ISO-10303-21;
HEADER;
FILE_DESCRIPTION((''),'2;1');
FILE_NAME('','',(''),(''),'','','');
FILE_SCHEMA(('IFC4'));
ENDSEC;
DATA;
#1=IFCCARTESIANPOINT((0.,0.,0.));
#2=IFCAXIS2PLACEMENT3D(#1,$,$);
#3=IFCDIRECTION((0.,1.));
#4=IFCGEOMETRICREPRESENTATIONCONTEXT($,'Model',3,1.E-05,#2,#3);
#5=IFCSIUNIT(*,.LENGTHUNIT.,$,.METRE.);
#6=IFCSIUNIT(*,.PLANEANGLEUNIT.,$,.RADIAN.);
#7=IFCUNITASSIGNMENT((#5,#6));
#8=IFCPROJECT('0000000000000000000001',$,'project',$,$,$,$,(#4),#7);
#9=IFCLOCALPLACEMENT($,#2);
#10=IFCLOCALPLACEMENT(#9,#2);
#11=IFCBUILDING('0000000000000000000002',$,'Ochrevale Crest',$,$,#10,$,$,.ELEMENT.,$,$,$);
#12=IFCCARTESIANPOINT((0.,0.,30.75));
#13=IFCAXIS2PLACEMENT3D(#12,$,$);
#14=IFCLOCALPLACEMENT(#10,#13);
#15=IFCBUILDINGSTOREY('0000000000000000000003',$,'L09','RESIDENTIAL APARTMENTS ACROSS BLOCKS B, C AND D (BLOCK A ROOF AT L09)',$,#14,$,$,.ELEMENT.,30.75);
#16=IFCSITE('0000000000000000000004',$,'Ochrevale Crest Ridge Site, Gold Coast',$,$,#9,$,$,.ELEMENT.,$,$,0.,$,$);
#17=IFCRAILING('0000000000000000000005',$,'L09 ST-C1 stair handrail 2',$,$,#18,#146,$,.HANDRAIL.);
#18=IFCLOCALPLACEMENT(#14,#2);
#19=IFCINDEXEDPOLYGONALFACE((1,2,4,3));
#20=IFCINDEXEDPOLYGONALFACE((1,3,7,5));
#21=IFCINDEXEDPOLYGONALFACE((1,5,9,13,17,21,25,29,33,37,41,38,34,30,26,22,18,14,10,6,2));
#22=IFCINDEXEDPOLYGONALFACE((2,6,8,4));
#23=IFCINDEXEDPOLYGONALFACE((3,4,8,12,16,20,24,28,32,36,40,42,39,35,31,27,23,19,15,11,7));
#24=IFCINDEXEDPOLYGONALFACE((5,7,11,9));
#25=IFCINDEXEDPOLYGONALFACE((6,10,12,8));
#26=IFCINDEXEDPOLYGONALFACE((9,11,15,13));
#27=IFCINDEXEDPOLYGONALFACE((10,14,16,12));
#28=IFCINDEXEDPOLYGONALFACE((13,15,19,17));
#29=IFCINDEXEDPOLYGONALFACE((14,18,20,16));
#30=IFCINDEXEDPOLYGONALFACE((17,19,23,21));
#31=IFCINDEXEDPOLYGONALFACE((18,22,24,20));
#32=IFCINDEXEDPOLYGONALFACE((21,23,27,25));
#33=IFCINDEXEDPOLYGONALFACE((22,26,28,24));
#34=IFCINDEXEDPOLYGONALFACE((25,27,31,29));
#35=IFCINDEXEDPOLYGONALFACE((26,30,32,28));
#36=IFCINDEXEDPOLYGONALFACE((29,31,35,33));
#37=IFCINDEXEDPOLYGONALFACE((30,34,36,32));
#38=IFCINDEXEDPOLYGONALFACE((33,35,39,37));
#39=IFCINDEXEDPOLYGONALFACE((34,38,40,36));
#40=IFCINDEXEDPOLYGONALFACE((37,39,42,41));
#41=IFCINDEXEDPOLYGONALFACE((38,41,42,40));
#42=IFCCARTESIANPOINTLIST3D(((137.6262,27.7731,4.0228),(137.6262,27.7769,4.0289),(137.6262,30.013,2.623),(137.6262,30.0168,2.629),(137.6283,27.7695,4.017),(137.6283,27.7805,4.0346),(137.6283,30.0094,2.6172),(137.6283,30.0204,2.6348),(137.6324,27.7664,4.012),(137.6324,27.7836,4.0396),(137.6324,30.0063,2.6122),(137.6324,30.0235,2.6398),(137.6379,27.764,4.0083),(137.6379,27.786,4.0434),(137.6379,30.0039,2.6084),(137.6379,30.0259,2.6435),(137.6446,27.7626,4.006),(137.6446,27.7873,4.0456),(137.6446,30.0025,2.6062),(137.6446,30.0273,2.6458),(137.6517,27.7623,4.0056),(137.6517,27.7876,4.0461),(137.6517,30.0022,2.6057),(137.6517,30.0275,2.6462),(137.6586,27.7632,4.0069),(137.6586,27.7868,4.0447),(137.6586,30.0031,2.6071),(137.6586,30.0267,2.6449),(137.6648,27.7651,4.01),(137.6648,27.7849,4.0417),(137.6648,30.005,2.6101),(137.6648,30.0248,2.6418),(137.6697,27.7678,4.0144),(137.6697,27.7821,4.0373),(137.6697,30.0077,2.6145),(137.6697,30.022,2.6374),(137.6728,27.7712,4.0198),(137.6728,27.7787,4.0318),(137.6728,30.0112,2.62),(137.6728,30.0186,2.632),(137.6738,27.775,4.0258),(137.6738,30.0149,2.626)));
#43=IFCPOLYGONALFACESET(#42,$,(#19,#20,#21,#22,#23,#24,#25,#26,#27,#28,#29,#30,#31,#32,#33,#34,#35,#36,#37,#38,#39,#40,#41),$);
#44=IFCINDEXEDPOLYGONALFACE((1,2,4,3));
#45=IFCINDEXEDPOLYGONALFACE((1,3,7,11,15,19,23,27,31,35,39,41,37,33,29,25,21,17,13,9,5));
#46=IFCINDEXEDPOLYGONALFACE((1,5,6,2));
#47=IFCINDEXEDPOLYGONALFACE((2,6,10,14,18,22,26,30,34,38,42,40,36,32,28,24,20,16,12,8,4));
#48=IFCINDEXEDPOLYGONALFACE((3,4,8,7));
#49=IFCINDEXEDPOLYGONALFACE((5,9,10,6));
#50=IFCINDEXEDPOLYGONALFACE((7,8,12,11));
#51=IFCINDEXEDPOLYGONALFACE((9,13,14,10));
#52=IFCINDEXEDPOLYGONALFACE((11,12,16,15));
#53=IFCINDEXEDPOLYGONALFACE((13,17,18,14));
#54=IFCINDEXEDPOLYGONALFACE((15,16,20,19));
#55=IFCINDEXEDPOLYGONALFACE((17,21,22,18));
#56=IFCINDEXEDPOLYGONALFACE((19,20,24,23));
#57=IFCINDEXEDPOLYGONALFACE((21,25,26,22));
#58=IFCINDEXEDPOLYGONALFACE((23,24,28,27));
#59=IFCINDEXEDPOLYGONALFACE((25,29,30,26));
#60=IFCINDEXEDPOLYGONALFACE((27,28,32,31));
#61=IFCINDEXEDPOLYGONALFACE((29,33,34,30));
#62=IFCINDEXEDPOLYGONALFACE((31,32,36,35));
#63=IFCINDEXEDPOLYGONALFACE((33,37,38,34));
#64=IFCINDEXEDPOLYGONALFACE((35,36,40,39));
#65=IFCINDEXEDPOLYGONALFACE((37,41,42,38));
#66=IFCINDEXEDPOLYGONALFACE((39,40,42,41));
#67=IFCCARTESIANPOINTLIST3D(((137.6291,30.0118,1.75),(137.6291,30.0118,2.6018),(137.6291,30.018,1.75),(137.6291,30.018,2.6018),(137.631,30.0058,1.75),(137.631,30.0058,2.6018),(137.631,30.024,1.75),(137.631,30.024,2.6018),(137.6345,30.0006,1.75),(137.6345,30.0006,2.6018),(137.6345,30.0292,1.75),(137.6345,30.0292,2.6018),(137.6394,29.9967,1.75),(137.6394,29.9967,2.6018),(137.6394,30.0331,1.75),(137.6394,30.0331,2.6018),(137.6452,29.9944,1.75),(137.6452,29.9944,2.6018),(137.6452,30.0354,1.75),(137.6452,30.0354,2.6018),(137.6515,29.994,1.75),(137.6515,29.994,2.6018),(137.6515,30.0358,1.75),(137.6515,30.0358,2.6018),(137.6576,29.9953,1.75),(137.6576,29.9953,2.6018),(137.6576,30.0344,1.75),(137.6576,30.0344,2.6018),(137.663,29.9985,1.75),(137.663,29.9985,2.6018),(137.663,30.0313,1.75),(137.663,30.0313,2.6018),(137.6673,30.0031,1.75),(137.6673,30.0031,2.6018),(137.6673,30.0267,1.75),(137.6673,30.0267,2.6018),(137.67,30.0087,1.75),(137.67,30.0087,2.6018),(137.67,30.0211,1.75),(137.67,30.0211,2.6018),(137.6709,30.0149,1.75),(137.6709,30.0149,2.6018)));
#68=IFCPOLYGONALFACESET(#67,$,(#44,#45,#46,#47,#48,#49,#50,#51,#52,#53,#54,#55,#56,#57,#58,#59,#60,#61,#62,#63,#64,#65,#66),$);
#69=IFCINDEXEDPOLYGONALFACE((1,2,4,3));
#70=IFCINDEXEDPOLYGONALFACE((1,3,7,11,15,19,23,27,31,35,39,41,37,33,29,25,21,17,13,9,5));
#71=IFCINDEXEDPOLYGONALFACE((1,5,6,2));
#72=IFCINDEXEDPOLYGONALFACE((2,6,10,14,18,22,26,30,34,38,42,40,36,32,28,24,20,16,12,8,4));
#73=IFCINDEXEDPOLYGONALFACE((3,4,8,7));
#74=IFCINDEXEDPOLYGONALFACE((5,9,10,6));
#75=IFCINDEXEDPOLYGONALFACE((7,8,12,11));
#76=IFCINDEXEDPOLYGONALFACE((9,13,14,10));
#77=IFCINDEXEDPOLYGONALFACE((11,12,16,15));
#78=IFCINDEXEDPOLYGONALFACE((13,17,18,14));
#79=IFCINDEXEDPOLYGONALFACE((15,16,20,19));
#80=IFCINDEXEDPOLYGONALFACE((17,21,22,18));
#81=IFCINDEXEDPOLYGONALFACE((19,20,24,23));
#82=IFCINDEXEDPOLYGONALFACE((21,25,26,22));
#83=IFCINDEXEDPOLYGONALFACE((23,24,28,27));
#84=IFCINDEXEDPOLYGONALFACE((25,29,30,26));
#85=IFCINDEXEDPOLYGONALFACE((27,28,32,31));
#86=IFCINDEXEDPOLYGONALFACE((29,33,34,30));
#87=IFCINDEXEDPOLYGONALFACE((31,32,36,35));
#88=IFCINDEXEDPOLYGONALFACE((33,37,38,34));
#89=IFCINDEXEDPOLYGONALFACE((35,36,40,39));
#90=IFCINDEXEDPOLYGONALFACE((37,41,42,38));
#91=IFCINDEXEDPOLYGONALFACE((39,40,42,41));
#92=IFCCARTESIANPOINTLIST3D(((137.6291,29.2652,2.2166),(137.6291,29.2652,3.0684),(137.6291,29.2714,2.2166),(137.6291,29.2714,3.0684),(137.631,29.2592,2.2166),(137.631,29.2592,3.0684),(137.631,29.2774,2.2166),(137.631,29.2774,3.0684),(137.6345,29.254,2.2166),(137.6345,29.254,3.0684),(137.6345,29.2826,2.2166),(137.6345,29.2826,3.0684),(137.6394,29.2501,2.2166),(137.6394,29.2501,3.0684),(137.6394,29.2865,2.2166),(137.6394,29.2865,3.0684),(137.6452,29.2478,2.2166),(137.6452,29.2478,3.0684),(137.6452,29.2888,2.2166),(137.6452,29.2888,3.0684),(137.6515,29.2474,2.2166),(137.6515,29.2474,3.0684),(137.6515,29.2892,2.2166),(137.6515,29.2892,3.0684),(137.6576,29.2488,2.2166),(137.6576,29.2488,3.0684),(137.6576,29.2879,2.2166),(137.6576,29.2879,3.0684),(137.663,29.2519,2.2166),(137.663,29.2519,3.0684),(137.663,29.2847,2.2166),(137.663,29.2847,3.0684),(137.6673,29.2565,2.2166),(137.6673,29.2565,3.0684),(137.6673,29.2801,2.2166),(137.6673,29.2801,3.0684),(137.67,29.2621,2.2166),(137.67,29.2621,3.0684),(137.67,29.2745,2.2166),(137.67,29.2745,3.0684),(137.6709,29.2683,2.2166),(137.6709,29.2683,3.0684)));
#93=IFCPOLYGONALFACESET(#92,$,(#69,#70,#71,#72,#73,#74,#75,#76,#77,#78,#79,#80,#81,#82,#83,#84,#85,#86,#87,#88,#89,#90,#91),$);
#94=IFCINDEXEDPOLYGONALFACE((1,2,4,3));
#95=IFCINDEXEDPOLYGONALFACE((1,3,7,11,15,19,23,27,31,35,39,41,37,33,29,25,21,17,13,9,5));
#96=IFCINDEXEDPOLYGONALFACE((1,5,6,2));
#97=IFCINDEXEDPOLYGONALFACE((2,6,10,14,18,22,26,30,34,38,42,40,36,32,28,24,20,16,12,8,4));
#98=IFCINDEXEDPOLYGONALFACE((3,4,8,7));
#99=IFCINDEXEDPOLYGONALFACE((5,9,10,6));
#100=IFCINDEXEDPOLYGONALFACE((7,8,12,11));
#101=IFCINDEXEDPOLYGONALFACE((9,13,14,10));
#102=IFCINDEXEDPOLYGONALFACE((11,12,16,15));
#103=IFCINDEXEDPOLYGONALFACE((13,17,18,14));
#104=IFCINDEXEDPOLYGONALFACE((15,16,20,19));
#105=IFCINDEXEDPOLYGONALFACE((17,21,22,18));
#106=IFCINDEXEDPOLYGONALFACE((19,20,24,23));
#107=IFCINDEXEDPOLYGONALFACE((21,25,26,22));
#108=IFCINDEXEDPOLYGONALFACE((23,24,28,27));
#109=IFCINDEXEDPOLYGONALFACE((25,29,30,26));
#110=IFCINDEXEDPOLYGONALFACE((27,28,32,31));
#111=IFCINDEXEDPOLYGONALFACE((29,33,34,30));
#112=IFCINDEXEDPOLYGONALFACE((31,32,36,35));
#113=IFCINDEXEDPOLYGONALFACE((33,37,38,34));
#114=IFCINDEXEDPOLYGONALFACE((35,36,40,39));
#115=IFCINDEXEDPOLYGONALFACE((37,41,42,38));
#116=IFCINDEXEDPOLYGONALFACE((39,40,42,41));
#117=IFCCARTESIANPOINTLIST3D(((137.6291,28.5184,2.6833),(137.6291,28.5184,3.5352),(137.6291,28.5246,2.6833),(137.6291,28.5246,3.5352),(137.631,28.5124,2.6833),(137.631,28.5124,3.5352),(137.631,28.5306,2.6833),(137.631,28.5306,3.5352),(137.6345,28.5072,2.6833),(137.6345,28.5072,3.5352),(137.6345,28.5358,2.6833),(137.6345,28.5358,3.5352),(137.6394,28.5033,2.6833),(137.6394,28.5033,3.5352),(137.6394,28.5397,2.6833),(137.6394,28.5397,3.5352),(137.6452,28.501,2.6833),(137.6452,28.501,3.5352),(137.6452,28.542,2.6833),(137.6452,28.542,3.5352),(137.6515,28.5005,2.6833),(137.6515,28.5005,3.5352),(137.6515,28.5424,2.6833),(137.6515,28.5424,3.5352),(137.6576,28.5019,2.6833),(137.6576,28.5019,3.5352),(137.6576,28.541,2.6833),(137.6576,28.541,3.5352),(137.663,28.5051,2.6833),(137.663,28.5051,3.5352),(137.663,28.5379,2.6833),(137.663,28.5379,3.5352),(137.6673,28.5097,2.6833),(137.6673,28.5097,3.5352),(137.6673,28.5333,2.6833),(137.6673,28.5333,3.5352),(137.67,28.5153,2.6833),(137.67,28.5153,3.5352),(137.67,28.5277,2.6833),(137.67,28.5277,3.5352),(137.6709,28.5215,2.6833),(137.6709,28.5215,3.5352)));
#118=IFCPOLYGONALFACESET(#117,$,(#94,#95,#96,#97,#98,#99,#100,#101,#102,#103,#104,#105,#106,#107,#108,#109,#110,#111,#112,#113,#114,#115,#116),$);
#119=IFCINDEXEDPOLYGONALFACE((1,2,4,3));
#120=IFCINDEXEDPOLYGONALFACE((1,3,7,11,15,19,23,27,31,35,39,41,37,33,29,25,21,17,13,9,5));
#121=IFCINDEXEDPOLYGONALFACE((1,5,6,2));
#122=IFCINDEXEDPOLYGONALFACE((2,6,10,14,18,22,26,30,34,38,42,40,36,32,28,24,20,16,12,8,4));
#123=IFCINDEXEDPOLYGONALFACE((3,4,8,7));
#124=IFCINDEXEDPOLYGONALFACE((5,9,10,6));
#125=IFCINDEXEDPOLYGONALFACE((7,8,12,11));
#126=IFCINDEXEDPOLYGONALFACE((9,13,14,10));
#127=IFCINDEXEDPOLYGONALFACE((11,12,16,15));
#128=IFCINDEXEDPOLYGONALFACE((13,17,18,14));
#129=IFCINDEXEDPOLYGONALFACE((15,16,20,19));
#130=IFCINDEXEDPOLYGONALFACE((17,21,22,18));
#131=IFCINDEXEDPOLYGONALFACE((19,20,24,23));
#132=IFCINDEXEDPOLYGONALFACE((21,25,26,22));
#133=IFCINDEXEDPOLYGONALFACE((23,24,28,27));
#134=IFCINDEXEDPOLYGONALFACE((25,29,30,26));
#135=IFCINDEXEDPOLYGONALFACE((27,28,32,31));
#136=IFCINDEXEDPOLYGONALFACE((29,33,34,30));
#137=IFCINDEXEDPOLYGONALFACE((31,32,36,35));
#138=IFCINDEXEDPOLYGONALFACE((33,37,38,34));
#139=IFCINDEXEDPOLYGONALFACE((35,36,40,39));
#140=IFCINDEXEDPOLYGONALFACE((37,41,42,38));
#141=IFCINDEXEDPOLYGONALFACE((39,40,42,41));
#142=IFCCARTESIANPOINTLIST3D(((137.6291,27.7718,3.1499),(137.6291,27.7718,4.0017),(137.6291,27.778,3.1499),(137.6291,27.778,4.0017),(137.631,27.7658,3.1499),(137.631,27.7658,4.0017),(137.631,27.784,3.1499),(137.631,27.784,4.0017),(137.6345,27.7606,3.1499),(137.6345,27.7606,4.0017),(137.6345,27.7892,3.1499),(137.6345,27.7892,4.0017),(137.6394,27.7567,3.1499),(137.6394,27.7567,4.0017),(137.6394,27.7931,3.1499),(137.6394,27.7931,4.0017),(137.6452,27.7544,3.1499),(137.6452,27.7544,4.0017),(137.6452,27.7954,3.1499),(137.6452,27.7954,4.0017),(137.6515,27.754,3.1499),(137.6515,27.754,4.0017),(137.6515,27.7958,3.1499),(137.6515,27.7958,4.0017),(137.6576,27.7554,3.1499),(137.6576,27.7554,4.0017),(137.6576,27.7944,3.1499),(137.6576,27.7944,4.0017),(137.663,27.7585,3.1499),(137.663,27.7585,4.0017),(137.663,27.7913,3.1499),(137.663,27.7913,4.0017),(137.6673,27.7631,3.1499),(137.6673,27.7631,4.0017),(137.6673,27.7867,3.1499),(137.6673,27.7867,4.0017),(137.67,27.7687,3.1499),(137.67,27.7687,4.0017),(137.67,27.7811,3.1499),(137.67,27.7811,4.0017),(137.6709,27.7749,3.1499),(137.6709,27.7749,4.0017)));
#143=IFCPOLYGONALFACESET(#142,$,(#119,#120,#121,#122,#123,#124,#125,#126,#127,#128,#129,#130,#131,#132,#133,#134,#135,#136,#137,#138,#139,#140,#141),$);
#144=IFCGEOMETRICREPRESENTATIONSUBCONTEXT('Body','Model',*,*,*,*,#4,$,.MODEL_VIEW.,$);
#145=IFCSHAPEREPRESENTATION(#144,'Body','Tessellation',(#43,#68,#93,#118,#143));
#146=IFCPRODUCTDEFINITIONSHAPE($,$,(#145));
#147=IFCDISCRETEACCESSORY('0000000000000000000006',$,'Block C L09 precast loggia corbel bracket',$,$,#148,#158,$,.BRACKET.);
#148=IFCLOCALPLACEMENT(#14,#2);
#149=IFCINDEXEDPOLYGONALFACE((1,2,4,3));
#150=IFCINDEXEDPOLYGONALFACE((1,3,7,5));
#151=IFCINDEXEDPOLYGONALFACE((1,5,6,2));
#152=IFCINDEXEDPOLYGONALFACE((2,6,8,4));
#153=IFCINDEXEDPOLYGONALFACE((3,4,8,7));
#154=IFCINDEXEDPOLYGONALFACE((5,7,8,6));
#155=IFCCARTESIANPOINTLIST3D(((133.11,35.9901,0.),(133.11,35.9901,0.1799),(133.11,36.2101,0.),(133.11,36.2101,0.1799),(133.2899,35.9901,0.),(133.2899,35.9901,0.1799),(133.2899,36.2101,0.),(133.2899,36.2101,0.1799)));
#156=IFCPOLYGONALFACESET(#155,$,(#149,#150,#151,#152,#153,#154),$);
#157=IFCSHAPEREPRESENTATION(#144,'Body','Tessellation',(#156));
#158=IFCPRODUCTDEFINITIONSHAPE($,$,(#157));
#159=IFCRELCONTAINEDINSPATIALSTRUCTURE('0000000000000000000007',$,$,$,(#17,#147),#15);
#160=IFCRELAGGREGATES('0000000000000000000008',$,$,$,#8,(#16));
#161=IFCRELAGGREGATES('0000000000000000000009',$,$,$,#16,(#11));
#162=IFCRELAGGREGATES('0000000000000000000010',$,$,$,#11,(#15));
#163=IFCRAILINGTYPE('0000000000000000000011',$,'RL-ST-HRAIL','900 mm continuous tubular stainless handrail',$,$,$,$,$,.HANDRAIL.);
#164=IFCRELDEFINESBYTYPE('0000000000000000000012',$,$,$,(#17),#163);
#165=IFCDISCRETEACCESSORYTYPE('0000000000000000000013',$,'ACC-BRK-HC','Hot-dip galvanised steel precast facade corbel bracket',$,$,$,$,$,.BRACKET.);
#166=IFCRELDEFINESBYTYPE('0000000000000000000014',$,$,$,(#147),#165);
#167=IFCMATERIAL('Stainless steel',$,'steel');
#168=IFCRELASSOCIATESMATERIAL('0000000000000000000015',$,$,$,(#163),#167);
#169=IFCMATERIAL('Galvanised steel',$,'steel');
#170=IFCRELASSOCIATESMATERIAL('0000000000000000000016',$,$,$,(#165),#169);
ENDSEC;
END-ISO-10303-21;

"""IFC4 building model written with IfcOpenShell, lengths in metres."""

from ifc_helpers import new_model, si_unit, direction, frame, origin, origin_2d, place, context, subcontext, project, spatial, rectangle, circle, extrude, material, type_object, element, save


model = new_model("IFC4")

# Units and contexts
model_context = context("Model", 3, precision=1e-05, world=origin(), true_north=direction((0.0, 1.0)))
body_context = subcontext(model_context, "Body", "Model", "MODEL_VIEW")
ifc_project = project(units=[si_unit("LENGTHUNIT", "METRE"), si_unit("PLANEANGLEUNIT", "RADIAN")], contexts=[model_context])

# Site, building, storey
site_placement = place(None, origin())
site = spatial("IfcSite", under=ifc_project, at=site_placement, Name="Ochrevale Crest Ridge Site, Gold Coast", CompositionType="ELEMENT", RefElevation=0.0)
building_placement = place(site_placement, origin())
building = spatial("IfcBuilding", under=site, at=building_placement, Name="Ochrevale Crest", CompositionType="ELEMENT")
storey_placement = place(building_placement, frame((0.0, 0.0, 30.75)))
storey = spatial("IfcBuildingStorey", under=building, at=storey_placement, Name="L09", Description="RESIDENTIAL APARTMENTS ACROSS BLOCKS B, C AND D (BLOCK A ROOF AT L09)", CompositionType="ELEMENT", Elevation=30.75)

# Railing
ifc_material_1 = material(Name="Galvanised steel", Category="steel")
ifc_material_2 = material(Name="Stainless steel", Category="steel")
railing_type_1 = type_object("IfcRailingType", Name="RL-ST-HRAIL", Description="900 mm continuous tubular stainless handrail", PredefinedType="HANDRAIL", material=ifc_material_2)
railing_1_placement = place(storey_placement, frame((137.6499, 30.0149, 1.75)))
element("IfcRailing", 1, at=railing_1_placement, inside=storey, type_object=railing_type_1, Name="L09 ST-C1 stair handrail 2", PredefinedType="HANDRAIL", context=body_context, shape_type="SweptSolid", body=[
    extrude(circle(Radius=0.0239, at=origin_2d()), frame((0.0, 0.0, 0.876), z_axis=(0.0, -0.848014, 0.529974), x_axis=(1.0, 0.0, 0.0)), (0.0, 0.0, 1.0), 2.6414),
    extrude(circle(Radius=0.021, at=origin_2d()), origin(), (0.0, 0.0, 1.0), 0.8518),
    extrude(circle(Radius=0.021, at=origin_2d()), frame((0.0, -0.7466, 0.4666)), (0.0, 0.0, 1.0), 0.8518),
    extrude(circle(Radius=0.021, at=origin_2d()), frame((0.0, -1.4934, 0.9333)), (0.0, 0.0, 1.0), 0.8518),
    extrude(circle(Radius=0.021, at=origin_2d()), frame((0.0, -2.24, 1.3999)), (0.0, 0.0, 1.0), 0.8518),
])

# Discrete accessory
discrete_accessory_type = type_object("IfcDiscreteAccessoryType", Name="ACC-BRK-HC", Description="Hot-dip galvanised steel precast facade corbel bracket", PredefinedType="BRACKET", material=ifc_material_1)
discrete_accessory_placement = place(storey_placement, frame((133.2, 36.1001, 0.0), z_axis=(0.0, 0.0, 1.0), x_axis=(1.0, 0.0, 0.0)))
element("IfcDiscreteAccessory", 2, at=discrete_accessory_placement, inside=storey, type_object=discrete_accessory_type, Name="Block C L09 precast loggia corbel bracket", PredefinedType="BRACKET", context=body_context, shape_type="SweptSolid", body=[
    extrude(rectangle(XDim=0.1799, YDim=0.22, at=origin_2d()), origin(), (0.0, 0.0, 1.0), 0.1799),
])

save(model, "model.ifc")
